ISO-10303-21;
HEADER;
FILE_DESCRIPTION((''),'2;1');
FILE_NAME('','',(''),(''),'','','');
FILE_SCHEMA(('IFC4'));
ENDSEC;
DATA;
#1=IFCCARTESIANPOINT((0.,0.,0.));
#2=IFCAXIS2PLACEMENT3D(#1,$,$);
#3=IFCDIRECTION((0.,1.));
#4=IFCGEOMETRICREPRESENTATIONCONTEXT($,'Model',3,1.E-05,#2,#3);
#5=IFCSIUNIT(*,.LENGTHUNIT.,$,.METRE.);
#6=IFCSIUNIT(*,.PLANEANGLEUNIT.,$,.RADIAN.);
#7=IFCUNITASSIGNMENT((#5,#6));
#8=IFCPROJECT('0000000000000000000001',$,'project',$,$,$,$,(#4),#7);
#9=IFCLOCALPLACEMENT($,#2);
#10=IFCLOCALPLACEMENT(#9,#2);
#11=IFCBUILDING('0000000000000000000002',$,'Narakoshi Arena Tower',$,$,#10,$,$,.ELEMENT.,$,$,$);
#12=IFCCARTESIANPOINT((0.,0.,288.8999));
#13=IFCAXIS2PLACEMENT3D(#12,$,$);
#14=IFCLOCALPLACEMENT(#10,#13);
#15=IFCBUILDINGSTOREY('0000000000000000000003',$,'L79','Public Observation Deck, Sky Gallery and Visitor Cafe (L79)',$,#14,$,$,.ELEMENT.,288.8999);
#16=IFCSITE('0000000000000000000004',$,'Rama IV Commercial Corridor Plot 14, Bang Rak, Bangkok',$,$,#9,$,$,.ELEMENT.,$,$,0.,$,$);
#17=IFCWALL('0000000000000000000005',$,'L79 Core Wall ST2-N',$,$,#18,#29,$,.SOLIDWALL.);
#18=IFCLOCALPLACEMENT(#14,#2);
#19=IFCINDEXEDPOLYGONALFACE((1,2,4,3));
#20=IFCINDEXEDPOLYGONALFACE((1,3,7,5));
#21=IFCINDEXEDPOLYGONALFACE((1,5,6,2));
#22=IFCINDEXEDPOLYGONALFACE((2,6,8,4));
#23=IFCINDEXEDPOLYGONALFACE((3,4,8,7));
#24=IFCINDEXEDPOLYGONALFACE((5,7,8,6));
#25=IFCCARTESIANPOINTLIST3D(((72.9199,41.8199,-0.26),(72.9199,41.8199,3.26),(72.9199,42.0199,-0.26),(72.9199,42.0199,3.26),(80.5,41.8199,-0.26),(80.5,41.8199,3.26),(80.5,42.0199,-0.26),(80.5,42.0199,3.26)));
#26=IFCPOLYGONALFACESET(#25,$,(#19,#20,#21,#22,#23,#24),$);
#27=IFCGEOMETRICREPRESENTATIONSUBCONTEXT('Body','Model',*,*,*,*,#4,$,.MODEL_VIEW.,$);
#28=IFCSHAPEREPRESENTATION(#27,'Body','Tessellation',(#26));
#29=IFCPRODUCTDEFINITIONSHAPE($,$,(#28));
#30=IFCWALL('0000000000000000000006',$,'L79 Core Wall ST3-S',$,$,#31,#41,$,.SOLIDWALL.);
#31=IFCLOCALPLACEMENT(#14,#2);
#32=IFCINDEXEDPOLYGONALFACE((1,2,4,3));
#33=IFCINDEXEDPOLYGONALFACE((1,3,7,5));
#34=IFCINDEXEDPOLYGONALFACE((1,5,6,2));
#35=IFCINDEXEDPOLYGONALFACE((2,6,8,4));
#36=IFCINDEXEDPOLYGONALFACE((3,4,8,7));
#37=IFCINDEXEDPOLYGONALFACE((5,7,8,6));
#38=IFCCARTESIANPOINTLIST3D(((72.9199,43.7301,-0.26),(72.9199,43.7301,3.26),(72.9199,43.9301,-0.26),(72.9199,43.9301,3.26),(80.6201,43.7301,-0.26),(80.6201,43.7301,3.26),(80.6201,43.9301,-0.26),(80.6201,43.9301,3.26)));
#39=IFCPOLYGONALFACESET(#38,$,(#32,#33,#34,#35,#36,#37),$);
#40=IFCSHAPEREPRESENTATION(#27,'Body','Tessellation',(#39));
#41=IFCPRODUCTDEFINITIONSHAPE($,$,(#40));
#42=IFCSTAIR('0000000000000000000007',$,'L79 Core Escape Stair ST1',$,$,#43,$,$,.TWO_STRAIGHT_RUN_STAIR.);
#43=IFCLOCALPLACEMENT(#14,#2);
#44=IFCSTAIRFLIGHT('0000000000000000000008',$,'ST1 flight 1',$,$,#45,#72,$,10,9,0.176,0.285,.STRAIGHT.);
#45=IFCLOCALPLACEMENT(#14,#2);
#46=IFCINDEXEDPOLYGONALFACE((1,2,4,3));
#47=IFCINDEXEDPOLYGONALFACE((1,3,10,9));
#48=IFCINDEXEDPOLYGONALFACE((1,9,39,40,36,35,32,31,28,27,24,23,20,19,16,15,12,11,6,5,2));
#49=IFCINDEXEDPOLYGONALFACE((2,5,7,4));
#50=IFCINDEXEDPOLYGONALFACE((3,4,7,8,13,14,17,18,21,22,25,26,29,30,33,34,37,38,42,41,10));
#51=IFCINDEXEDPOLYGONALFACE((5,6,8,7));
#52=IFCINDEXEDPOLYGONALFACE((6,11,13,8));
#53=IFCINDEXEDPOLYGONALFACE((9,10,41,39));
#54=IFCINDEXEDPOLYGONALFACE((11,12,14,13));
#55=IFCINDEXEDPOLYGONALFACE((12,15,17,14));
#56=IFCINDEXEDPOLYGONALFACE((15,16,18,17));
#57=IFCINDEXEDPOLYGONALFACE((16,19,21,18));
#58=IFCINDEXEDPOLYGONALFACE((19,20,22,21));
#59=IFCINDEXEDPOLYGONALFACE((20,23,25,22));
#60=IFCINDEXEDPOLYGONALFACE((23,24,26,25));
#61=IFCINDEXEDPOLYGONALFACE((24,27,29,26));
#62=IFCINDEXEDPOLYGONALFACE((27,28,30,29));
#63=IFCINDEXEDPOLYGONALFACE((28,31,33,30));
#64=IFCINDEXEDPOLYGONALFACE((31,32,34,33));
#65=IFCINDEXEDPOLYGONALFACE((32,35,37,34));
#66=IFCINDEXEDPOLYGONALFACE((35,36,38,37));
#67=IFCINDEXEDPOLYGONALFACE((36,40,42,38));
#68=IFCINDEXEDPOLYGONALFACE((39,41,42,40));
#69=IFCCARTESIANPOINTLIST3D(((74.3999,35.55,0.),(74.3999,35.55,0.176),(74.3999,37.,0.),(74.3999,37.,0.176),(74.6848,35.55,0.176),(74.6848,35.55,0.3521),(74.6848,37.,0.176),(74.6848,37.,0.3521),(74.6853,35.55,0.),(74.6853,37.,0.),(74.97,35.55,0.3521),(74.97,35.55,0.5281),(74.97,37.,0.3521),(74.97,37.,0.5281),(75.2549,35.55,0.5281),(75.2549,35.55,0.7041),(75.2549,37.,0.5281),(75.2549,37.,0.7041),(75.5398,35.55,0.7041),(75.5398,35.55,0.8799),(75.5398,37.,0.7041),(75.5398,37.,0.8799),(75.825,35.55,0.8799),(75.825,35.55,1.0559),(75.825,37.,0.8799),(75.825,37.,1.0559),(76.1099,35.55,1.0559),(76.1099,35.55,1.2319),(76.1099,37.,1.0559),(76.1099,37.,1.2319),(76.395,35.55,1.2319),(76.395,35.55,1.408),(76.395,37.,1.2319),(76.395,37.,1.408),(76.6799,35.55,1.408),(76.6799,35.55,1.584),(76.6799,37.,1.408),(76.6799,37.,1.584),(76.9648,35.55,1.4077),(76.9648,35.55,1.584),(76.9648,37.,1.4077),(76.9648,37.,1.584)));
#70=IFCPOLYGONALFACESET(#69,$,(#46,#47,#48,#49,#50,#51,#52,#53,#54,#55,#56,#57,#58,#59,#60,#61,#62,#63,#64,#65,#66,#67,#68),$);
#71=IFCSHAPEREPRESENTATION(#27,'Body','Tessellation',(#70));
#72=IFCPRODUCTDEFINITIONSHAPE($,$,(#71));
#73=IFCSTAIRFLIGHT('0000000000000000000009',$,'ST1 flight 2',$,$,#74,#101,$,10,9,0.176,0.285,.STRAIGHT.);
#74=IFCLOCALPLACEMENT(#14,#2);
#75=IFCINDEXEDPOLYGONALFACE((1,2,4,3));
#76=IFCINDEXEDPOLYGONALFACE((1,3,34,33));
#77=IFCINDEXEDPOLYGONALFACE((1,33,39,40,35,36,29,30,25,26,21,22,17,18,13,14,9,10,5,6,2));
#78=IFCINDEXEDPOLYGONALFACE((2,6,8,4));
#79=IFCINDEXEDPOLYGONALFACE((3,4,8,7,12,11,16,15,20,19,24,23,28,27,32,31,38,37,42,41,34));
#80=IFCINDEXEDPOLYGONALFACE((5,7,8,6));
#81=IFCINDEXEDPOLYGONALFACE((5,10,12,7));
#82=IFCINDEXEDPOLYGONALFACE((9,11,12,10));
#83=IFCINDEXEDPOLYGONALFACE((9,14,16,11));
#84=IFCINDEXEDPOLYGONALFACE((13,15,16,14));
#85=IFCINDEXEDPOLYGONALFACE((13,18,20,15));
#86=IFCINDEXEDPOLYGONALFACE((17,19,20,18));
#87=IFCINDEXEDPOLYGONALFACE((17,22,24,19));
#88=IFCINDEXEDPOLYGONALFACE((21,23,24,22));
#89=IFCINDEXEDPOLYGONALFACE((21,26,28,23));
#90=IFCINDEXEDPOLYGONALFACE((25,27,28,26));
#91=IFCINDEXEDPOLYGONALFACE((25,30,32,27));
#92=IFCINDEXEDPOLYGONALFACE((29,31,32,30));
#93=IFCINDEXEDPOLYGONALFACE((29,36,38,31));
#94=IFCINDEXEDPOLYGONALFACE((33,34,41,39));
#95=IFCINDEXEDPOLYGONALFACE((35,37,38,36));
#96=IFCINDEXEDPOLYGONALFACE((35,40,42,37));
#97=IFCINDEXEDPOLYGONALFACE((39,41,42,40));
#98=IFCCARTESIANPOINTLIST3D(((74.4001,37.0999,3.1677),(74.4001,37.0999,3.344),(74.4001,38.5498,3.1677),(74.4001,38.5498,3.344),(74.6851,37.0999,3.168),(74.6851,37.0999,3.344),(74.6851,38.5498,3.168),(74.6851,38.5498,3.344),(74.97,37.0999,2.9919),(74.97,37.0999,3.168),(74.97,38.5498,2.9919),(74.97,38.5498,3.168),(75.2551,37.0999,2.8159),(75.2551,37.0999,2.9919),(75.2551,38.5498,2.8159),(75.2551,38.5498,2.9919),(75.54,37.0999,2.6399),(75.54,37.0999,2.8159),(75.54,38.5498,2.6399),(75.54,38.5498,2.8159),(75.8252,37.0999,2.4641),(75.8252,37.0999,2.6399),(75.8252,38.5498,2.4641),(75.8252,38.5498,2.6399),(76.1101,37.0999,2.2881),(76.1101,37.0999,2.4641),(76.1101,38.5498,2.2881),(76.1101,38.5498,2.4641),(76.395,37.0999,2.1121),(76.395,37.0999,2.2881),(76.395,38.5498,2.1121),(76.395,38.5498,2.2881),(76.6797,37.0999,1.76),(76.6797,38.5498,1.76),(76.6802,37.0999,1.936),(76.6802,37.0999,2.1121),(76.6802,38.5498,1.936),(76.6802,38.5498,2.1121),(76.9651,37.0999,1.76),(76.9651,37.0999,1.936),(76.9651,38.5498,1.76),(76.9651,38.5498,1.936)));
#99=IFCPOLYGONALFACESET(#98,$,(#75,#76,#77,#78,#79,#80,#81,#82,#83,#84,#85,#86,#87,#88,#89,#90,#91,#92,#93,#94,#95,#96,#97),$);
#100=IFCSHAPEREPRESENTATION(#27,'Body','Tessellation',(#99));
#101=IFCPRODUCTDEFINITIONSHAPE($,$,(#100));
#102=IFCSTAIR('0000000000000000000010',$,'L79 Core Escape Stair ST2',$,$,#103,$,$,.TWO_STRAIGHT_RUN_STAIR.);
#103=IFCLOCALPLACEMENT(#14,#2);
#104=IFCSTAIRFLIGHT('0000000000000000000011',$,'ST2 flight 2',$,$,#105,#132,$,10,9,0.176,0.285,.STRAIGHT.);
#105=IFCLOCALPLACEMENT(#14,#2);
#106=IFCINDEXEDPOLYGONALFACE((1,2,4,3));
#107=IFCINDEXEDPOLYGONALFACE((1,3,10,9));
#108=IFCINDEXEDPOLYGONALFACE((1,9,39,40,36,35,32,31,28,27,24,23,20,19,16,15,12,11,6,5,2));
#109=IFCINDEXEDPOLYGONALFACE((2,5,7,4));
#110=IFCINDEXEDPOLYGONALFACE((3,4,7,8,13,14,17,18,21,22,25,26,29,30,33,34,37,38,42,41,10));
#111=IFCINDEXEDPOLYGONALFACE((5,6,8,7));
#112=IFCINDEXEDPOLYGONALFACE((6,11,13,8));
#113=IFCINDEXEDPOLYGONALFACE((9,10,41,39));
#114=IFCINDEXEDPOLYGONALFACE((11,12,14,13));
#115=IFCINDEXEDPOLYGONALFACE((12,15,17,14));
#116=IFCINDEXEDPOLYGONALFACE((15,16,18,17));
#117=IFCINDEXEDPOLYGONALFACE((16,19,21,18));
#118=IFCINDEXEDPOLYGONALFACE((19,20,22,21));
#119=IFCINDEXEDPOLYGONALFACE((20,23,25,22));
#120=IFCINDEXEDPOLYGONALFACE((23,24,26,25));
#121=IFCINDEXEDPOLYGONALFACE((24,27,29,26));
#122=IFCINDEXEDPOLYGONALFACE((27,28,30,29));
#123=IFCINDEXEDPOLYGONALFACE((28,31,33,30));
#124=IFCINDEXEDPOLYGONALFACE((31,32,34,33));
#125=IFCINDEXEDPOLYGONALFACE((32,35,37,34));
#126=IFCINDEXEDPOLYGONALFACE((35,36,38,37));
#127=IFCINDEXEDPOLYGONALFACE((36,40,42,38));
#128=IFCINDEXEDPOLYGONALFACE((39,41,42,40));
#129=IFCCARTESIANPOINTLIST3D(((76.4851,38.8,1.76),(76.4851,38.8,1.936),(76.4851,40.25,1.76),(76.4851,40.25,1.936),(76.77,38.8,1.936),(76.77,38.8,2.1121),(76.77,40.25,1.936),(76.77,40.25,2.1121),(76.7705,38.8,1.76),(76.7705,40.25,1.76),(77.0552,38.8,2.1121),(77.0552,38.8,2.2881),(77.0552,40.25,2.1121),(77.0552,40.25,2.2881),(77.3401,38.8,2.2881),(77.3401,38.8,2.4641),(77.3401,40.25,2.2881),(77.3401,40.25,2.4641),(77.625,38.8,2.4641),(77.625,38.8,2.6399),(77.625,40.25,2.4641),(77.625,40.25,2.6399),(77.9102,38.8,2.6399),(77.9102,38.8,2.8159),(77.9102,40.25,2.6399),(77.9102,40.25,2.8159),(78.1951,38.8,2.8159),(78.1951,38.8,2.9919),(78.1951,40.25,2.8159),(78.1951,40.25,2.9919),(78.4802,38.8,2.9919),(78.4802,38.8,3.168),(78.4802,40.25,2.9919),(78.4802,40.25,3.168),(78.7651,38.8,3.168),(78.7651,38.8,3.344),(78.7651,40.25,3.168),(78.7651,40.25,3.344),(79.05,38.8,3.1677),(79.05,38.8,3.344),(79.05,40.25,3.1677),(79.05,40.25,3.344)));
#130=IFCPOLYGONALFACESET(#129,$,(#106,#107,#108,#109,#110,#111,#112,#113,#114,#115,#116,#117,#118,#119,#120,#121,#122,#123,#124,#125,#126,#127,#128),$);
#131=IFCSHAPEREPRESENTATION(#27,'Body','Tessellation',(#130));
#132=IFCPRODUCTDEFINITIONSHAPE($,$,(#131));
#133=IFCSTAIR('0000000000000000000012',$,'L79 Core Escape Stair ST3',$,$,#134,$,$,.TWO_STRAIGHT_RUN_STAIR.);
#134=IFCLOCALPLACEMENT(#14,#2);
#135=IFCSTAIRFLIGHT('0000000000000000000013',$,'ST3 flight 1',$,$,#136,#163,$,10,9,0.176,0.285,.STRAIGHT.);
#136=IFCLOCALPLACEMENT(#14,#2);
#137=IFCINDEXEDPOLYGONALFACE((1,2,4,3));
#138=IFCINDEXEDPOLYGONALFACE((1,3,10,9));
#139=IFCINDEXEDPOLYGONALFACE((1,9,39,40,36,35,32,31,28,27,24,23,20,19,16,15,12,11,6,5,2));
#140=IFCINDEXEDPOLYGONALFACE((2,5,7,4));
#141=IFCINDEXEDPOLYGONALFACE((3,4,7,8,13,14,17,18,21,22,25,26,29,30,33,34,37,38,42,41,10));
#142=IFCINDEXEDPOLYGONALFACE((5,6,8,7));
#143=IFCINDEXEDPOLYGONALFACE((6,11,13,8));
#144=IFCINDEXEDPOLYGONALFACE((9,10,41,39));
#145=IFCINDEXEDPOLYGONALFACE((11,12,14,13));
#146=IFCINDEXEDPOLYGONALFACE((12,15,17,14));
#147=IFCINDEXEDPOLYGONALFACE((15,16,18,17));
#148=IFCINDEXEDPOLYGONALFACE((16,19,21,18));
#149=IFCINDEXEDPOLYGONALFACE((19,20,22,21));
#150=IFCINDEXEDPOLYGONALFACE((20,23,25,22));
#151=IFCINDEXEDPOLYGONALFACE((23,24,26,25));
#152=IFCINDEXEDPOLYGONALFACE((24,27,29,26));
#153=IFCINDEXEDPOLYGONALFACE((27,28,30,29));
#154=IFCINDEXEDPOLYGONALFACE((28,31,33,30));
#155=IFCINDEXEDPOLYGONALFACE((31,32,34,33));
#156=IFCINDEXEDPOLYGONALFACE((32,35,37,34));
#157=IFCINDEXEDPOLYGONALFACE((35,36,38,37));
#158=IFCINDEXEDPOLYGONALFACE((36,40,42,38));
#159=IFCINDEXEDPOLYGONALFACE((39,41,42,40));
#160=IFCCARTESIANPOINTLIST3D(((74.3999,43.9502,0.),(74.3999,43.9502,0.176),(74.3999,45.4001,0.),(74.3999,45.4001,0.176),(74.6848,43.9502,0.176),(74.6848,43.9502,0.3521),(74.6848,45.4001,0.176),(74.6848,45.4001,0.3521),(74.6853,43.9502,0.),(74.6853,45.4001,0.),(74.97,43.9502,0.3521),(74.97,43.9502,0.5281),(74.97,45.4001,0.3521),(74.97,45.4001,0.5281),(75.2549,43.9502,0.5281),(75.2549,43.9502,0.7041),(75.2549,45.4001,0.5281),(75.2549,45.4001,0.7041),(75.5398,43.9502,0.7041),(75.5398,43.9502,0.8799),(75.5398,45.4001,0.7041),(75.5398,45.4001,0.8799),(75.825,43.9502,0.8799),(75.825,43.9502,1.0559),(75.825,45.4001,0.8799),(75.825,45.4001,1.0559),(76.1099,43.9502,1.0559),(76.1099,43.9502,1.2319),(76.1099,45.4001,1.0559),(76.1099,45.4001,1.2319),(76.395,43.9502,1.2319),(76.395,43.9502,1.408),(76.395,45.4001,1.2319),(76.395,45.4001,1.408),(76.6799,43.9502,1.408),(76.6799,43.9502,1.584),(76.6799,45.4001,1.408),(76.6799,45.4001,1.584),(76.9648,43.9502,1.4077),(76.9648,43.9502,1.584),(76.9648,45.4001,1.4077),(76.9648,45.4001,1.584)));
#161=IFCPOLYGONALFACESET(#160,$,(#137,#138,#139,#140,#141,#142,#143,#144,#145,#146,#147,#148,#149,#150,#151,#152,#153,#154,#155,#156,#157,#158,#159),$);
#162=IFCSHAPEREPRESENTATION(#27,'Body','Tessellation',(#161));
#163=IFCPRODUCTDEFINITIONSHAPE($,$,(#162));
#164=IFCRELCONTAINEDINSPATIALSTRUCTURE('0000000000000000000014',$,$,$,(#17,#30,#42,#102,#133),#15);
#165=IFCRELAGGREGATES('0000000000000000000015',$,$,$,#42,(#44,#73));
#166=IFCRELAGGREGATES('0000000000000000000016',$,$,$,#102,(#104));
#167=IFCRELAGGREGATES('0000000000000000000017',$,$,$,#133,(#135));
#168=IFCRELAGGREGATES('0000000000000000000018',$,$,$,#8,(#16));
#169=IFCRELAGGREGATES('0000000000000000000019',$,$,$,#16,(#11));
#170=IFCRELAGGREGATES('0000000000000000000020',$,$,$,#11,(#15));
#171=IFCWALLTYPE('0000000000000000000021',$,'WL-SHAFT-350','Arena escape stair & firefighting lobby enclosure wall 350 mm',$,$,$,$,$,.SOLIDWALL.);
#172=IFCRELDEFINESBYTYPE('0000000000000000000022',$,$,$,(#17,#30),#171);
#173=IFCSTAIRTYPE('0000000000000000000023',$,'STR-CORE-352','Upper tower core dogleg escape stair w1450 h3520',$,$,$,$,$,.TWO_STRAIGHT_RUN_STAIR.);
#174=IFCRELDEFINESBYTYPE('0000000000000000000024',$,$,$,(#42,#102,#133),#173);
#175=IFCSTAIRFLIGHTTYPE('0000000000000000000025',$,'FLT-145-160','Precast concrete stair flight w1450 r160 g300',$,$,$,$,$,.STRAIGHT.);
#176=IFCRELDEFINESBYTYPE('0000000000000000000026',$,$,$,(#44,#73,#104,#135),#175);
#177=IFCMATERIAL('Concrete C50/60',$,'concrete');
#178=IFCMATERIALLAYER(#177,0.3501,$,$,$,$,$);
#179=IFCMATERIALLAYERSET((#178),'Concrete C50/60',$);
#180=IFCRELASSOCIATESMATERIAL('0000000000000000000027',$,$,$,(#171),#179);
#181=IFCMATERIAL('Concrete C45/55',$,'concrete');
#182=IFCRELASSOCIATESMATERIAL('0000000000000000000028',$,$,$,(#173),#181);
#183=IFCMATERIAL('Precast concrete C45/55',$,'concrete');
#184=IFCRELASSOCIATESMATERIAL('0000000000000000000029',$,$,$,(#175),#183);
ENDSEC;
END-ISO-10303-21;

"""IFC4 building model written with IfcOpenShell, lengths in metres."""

from ifc_helpers import new_model, si_unit, direction, frame, frame_2d, origin, place, context, subcontext, project, spatial, polyline, rectangle, outline, extrude, material, layer, layer_set, type_object, element, aggregate, save


model = new_model("IFC4")

# Units and contexts
model_context = context("Model", 3, precision=1e-05, world=origin(), true_north=direction((0.0, 1.0)))
body_context = subcontext(model_context, "Body", "Model", "MODEL_VIEW")
ifc_project = project(units=[si_unit("LENGTHUNIT", "METRE"), si_unit("PLANEANGLEUNIT", "RADIAN")], contexts=[model_context])

# Site, building, storey
site_placement = place(None, origin())
site = spatial("IfcSite", under=ifc_project, at=site_placement, Name="Rama IV Commercial Corridor Plot 14, Bang Rak, Bangkok", CompositionType="ELEMENT", RefElevation=0.0)
building_placement = place(site_placement, origin())
building = spatial("IfcBuilding", under=site, at=building_placement, Name="Narakoshi Arena Tower", CompositionType="ELEMENT")
storey_placement = place(building_placement, frame((0.0, 0.0, 288.8999)))
storey = spatial("IfcBuildingStorey", under=building, at=storey_placement, Name="L79", Description="Public Observation Deck, Sky Gallery and Visitor Cafe (L79)", CompositionType="ELEMENT", Elevation=288.8999)

# Shared definitions
ifc_material_1 = material(Name="Concrete C50/60", Category="concrete")

# Shared definitions
ifc_material_2 = material(Name="Precast concrete C45/55", Category="concrete")

# Walls
ifc_layer_1 = layer(ifc_material_1, 0.3501)
ifc_layer_set_1 = layer_set([ifc_layer_1], Name="Concrete C50/60")
wall_type_1 = type_object("IfcWallType", Name="WL-SHAFT-350", Description="Arena escape stair & firefighting lobby enclosure wall 350 mm", PredefinedType="SOLIDWALL", material=ifc_layer_set_1)
wall_1_placement = place(storey_placement, frame((72.9199, 41.9199, -0.26), z_axis=(0.0, 0.0, 1.0), x_axis=(1.0, 0.0, 0.0)))
element("IfcWall", 1, at=wall_1_placement, inside=storey, type_object=wall_type_1, Name="L79 Core Wall ST2-N", PredefinedType="SOLIDWALL", context=body_context, shape_type="SweptSolid", body=[
    extrude(rectangle(XDim=7.5801, YDim=0.2, at=frame_2d((3.79, 0.0))), origin(), (0.0, 0.0, 1.0), 3.52),
])
wall_2_placement = place(storey_placement, frame((72.9199, 43.8301, -0.26), z_axis=(0.0, 0.0, 1.0), x_axis=(1.0, 0.0, 0.0)))
element("IfcWall", 2, at=wall_2_placement, inside=storey, type_object=wall_type_1, Name="L79 Core Wall ST3-S", PredefinedType="SOLIDWALL", context=body_context, shape_type="SweptSolid", body=[
    extrude(rectangle(XDim=7.7002, YDim=0.2, at=frame_2d((3.8501, 0.0))), origin(), (0.0, 0.0, 1.0), 3.52),
])

# Stair, stair flights
ifc_material_3 = material(Name="Concrete C45/55", Category="concrete")
stair_type = type_object("IfcStairType", Name="STR-CORE-352", Description="Upper tower core dogleg escape stair w1450 h3520", PredefinedType="TWO_STRAIGHT_RUN_STAIR", material=ifc_material_3)
stair_1_placement = place(storey_placement, origin())
stair_1 = element("IfcStair", 3, at=stair_1_placement, inside=storey, type_object=stair_type, Name="L79 Core Escape Stair ST1", PredefinedType="TWO_STRAIGHT_RUN_STAIR")
stair_flight_type = type_object("IfcStairFlightType", Name="FLT-145-160", Description="Precast concrete stair flight w1450 r160 g300", PredefinedType="STRAIGHT", material=ifc_material_2)
stair_flight_1_placement = place(storey_placement, frame((74.3999, 36.2749, 0.0), z_axis=(0.0, 0.0, 1.0), x_axis=(1.0, 0.0, 0.0)))
stair_flight_1 = element("IfcStairFlight", 4, at=stair_flight_1_placement, type_object=stair_flight_type, Name="ST1 flight 1", NumberOfRisers=10, NumberOfTreads=9, PredefinedType="STRAIGHT", RiserHeight=0.176, TreadLength=0.285, context=body_context, shape_type="SweptSolid", body=[
    extrude(outline(polyline([(0.0, 0.0), (0.0, 0.176), (0.2849, 0.176), (0.2849, 0.3521), (0.5701, 0.3521), (0.5701, 0.5281), (0.855, 0.5281), (0.855, 0.7041), (1.1399, 0.7041), (1.1399, 0.8799), (1.425, 0.8799), (1.425, 1.0559), (1.71, 1.0559), (1.71, 1.2319), (1.9951, 1.2319), (1.9951, 1.408), (2.28, 1.408), (2.28, 1.584), (2.5649, 1.584), (2.5649, 1.76), (2.5649, 1.4077), (0.2854, 0.0), (0.0, 0.0)])), frame((0.0, 0.7251, 0.0), z_axis=(0.0, -1.0, 0.0), x_axis=(1.0, 0.0, 0.0)), (0.0, 0.0, 1.0), 1.45),
])
stair_flight_2_placement = place(storey_placement, frame((76.9651, 37.825, 1.76), z_axis=(0.0, 0.0, 1.0), x_axis=(-1.0, 0.0, 0.0)))
stair_flight_2 = element("IfcStairFlight", 5, at=stair_flight_2_placement, type_object=stair_flight_type, Name="ST1 flight 2", NumberOfRisers=10, NumberOfTreads=9, PredefinedType="STRAIGHT", RiserHeight=0.176, TreadLength=0.285, context=body_context, shape_type="SweptSolid", body=[
    extrude(outline(polyline([(0.0, 0.0), (0.0, 0.176), (0.2849, 0.176), (0.2849, 0.3521), (0.5701, 0.3521), (0.5701, 0.5281), (0.855, 0.5281), (0.855, 0.7041), (1.1399, 0.7041), (1.1399, 0.8799), (1.425, 0.8799), (1.425, 1.0559), (1.71, 1.0559), (1.71, 1.2319), (1.9951, 1.2319), (1.9951, 1.408), (2.28, 1.408), (2.28, 1.584), (2.5649, 1.584), (2.5649, 1.76), (2.5649, 1.4077), (0.2854, 0.0), (0.0, 0.0)])), frame((0.0, 0.7251, 0.0), z_axis=(0.0, -1.0, 0.0), x_axis=(1.0, 0.0, 0.0)), (0.0, 0.0, 1.0), 1.45),
])
aggregate(stair_1, [stair_flight_1, stair_flight_2])

# Stairs, stair flights
stair_2_placement = place(storey_placement, origin())
stair_2 = element("IfcStair", 6, at=stair_2_placement, inside=storey, type_object=stair_type, Name="L79 Core Escape Stair ST2", PredefinedType="TWO_STRAIGHT_RUN_STAIR")
stair_flight_3_placement = place(storey_placement, frame((76.4851, 39.5249, 1.76), z_axis=(0.0, 0.0, 1.0), x_axis=(1.0, 0.0, 0.0)))
stair_flight_3 = element("IfcStairFlight", 7, at=stair_flight_3_placement, type_object=stair_flight_type, Name="ST2 flight 2", NumberOfRisers=10, NumberOfTreads=9, PredefinedType="STRAIGHT", RiserHeight=0.176, TreadLength=0.285, context=body_context, shape_type="SweptSolid", body=[
    extrude(outline(polyline([(0.0, 0.0), (0.0, 0.176), (0.2849, 0.176), (0.2849, 0.3521), (0.5701, 0.3521), (0.5701, 0.5281), (0.855, 0.5281), (0.855, 0.7041), (1.1399, 0.7041), (1.1399, 0.8799), (1.425, 0.8799), (1.425, 1.0559), (1.71, 1.0559), (1.71, 1.2319), (1.9951, 1.2319), (1.9951, 1.408), (2.28, 1.408), (2.28, 1.584), (2.5649, 1.584), (2.5649, 1.76), (2.5649, 1.4077), (0.2854, 0.0), (0.0, 0.0)])), frame((0.0, 0.7251, 0.0), z_axis=(0.0, -1.0, 0.0), x_axis=(1.0, 0.0, 0.0)), (0.0, 0.0, 1.0), 1.45),
])
aggregate(stair_2, [stair_flight_3])
stair_3_placement = place(storey_placement, origin())
stair_3 = element("IfcStair", 8, at=stair_3_placement, inside=storey, type_object=stair_type, Name="L79 Core Escape Stair ST3", PredefinedType="TWO_STRAIGHT_RUN_STAIR")
stair_flight_4_placement = place(storey_placement, frame((74.3999, 44.675, 0.0), z_axis=(0.0, 0.0, 1.0), x_axis=(1.0, 0.0, 0.0)))
stair_flight_4 = element("IfcStairFlight", 9, at=stair_flight_4_placement, type_object=stair_flight_type, Name="ST3 flight 1", NumberOfRisers=10, NumberOfTreads=9, PredefinedType="STRAIGHT", RiserHeight=0.176, TreadLength=0.285, context=body_context, shape_type="SweptSolid", body=[
    extrude(outline(polyline([(0.0, 0.0), (0.0, 0.176), (0.2849, 0.176), (0.2849, 0.3521), (0.5701, 0.3521), (0.5701, 0.5281), (0.855, 0.5281), (0.855, 0.7041), (1.1399, 0.7041), (1.1399, 0.8799), (1.425, 0.8799), (1.425, 1.0559), (1.71, 1.0559), (1.71, 1.2319), (1.9951, 1.2319), (1.9951, 1.408), (2.28, 1.408), (2.28, 1.584), (2.5649, 1.584), (2.5649, 1.76), (2.5649, 1.4077), (0.2854, 0.0), (0.0, 0.0)])), frame((0.0, 0.7251, 0.0), z_axis=(0.0, -1.0, 0.0), x_axis=(1.0, 0.0, 0.0)), (0.0, 0.0, 1.0), 1.45),
])
aggregate(stair_3, [stair_flight_4])

save(model, "model.ifc")
